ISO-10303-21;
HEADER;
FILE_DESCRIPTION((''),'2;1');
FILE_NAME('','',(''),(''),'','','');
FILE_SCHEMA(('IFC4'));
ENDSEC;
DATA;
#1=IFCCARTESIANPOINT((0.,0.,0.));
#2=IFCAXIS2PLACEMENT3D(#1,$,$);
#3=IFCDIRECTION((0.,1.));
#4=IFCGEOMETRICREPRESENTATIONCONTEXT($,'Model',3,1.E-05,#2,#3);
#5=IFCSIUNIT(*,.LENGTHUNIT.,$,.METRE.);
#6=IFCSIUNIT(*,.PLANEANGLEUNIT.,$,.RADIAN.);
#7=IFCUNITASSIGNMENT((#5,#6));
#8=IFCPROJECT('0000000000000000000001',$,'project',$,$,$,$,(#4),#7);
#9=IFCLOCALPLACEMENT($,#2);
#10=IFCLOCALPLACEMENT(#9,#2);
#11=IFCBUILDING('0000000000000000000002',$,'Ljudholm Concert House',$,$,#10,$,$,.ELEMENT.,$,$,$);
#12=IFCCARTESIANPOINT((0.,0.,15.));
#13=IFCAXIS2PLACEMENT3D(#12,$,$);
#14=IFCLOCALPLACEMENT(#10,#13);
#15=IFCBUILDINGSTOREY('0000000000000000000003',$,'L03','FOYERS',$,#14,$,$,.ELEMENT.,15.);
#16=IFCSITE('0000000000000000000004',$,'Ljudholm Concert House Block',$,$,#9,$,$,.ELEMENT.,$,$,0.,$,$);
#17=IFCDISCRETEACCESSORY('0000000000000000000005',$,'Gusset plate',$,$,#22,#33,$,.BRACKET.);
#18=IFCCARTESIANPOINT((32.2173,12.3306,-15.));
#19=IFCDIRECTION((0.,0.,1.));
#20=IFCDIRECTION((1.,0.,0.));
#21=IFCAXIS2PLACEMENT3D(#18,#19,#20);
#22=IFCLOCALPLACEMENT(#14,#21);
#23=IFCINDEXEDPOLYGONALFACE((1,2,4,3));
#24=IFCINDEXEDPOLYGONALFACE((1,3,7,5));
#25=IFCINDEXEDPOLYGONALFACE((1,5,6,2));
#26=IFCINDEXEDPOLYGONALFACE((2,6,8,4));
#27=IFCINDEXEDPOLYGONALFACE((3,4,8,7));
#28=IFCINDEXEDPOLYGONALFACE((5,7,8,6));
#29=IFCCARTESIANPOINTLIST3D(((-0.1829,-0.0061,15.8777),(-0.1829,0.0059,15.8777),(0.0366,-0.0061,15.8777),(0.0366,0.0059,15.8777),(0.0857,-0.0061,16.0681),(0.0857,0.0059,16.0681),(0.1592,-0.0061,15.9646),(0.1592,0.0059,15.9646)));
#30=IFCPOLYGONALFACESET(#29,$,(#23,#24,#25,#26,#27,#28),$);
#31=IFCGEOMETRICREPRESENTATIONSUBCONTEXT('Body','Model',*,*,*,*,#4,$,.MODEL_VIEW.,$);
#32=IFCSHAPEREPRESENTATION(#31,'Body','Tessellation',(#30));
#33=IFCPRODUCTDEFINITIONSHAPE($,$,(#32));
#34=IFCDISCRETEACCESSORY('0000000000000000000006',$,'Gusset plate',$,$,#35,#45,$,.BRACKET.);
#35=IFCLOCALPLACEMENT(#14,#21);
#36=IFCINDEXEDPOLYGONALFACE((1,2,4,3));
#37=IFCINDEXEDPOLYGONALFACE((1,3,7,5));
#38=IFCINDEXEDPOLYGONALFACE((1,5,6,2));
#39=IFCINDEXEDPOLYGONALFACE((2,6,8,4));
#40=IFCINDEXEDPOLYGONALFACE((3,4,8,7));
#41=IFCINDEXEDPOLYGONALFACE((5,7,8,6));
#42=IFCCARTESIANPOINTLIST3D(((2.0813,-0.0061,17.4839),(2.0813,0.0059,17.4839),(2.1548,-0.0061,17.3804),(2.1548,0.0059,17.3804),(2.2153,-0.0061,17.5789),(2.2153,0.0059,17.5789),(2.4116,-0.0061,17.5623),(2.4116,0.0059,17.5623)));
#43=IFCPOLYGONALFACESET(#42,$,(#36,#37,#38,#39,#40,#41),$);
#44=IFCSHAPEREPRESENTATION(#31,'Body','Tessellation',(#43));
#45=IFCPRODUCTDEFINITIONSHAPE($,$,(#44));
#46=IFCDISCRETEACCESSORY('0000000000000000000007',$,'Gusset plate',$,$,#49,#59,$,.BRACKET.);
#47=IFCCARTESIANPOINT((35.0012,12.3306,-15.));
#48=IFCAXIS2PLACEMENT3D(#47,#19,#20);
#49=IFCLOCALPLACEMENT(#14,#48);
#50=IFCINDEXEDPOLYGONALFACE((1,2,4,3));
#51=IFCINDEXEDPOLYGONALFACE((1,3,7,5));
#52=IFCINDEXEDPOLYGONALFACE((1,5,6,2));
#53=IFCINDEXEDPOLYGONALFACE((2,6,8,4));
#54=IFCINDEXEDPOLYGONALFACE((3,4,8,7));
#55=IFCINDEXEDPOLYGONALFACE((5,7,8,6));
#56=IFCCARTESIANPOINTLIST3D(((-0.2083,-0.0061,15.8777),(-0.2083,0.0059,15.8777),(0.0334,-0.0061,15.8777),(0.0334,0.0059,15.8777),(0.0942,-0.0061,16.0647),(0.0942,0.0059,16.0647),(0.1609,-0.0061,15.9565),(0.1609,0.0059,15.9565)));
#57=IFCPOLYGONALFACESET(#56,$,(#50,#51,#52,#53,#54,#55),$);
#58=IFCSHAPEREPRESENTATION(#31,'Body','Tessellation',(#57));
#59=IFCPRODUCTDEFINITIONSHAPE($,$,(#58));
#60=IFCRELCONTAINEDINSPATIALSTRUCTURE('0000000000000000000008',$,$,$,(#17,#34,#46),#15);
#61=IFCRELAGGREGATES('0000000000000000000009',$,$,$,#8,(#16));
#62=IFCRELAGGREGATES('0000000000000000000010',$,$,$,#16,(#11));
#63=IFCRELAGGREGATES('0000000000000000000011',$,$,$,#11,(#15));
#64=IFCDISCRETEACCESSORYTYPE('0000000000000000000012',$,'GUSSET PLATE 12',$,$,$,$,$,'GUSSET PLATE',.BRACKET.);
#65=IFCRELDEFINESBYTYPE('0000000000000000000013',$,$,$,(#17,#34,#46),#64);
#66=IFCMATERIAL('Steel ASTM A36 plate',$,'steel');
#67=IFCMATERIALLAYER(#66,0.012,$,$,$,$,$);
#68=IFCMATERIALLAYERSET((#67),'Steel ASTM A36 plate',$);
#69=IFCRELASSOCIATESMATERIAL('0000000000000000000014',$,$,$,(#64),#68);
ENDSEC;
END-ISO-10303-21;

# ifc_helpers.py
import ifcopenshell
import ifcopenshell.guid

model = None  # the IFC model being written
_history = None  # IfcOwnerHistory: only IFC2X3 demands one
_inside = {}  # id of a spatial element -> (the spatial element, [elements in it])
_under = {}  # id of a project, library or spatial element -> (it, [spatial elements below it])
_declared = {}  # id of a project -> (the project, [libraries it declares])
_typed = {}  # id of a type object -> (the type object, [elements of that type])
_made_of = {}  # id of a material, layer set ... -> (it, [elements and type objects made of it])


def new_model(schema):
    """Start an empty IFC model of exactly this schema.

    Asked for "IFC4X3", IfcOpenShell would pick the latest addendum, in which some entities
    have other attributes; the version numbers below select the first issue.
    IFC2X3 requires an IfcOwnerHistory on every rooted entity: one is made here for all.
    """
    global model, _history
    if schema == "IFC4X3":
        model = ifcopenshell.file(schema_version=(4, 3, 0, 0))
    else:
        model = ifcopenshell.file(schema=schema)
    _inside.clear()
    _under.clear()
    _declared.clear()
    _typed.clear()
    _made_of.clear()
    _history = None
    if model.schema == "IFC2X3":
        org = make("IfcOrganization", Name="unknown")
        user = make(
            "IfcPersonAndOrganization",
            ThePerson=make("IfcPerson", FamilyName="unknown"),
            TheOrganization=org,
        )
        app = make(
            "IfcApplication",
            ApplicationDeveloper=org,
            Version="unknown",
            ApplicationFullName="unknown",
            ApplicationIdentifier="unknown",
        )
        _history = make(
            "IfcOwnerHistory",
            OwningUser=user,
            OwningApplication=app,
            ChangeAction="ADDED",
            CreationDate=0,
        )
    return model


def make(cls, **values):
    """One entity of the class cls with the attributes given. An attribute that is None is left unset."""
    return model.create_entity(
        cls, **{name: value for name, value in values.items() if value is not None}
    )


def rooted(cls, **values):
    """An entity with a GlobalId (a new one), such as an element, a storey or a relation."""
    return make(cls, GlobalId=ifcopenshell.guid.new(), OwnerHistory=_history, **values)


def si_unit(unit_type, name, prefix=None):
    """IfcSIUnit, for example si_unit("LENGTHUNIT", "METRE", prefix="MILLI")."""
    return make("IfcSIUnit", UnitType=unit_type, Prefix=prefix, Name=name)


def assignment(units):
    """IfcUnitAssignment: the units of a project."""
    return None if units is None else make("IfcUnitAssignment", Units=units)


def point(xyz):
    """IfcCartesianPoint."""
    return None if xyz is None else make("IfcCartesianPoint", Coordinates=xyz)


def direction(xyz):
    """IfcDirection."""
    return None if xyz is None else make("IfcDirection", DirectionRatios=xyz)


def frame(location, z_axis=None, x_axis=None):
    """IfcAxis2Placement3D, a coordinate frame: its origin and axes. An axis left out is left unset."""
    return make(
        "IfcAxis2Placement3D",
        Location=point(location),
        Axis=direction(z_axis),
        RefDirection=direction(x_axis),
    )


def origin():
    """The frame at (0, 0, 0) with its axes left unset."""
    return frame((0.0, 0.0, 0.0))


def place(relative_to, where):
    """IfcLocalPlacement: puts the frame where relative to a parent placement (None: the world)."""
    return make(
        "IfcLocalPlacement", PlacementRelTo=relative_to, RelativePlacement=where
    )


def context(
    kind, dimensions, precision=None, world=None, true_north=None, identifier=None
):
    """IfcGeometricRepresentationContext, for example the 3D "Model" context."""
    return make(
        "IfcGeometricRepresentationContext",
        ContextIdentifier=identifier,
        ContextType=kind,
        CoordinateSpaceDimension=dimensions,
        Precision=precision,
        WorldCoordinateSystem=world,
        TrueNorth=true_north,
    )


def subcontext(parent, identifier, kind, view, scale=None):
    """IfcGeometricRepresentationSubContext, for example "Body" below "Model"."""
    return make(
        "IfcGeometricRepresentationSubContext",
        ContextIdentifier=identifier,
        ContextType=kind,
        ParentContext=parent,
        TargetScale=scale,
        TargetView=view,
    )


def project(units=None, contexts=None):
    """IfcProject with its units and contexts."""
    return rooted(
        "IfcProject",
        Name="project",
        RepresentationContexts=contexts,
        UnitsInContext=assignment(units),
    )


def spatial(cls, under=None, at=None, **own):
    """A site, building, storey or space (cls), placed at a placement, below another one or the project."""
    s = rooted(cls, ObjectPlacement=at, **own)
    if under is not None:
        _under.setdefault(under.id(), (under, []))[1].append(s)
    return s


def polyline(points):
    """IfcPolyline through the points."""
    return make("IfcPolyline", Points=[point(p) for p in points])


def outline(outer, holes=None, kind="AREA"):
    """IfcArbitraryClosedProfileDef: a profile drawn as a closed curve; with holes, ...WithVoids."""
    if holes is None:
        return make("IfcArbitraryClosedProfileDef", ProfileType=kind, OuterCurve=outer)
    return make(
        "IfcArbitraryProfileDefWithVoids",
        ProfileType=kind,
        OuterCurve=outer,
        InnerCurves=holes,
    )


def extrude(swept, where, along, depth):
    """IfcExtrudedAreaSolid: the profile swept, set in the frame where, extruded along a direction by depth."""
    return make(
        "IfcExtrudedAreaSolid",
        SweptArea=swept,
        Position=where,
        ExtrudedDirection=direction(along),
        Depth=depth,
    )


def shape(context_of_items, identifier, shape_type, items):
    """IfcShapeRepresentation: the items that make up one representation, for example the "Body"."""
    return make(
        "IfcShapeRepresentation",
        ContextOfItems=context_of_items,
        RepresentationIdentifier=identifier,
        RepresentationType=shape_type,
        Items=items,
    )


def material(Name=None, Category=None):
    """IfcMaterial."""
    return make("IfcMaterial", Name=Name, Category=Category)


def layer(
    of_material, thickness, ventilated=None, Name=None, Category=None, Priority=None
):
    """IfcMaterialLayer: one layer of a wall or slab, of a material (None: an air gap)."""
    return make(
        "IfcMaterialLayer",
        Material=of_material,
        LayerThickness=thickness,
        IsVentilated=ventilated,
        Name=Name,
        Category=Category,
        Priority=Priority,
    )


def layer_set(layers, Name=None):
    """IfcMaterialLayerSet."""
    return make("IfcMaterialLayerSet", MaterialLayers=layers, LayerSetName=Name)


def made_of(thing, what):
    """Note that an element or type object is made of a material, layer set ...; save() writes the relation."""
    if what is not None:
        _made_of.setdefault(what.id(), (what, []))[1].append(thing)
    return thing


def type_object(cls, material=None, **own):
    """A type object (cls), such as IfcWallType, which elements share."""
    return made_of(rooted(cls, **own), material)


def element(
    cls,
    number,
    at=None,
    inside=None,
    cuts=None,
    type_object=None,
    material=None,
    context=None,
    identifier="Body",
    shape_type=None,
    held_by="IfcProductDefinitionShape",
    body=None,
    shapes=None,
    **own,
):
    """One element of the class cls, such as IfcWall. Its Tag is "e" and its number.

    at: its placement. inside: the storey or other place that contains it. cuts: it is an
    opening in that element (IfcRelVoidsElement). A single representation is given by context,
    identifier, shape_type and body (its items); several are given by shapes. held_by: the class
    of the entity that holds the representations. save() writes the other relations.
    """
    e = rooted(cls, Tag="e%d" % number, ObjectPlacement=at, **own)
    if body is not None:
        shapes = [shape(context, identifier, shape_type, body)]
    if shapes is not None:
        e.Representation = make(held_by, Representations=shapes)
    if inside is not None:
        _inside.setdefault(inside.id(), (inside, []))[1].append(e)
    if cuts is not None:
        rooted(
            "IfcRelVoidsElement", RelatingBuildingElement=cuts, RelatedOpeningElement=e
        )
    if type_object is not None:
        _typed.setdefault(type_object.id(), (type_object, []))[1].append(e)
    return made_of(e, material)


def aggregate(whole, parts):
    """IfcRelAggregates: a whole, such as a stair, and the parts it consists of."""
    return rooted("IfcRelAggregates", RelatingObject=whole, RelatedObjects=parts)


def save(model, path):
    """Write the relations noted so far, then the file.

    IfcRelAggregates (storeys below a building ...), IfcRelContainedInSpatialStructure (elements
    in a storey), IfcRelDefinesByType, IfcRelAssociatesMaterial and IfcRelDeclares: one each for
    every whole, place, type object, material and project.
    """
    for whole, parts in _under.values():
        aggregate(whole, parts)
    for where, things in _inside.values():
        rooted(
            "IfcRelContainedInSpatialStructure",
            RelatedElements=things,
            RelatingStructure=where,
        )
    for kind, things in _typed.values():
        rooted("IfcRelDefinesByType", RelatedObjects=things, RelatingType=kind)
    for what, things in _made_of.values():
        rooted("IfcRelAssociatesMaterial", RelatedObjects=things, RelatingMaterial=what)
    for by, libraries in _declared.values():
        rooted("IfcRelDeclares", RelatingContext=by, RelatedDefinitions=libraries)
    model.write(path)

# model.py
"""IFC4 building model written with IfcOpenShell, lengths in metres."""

from ifc_helpers import new_model, si_unit, direction, frame, origin, place, context, subcontext, project, spatial, polyline, outline, extrude, material, layer, layer_set, type_object, element, save


model = new_model("IFC4")

# Units and contexts
model_context = context("Model", 3, precision=1e-05, world=origin(), true_north=direction((0.0, 1.0)))
body_context = subcontext(model_context, "Body", "Model", "MODEL_VIEW")
ifc_project = project(units=[si_unit("LENGTHUNIT", "METRE"), si_unit("PLANEANGLEUNIT", "RADIAN")], contexts=[model_context])

# Site, building, storey
site_placement = place(None, origin())
site = spatial("IfcSite", under=ifc_project, at=site_placement, Name="Ljudholm Concert House Block", CompositionType="ELEMENT", RefElevation=0.0)
building_placement = place(site_placement, origin())
building = spatial("IfcBuilding", under=site, at=building_placement, Name="Ljudholm Concert House", CompositionType="ELEMENT")
storey_placement = place(building_placement, frame((0.0, 0.0, 15.0)))
storey = spatial("IfcBuildingStorey", under=building, at=storey_placement, Name="L03", Description="FOYERS", CompositionType="ELEMENT", Elevation=15.0)

# Discrete accessories
ifc_material_1 = material(Name="Steel ASTM A36 plate", Category="steel")
ifc_layer_1 = layer(ifc_material_1, 0.012)
ifc_layer_set_1 = layer_set([ifc_layer_1], Name="Steel ASTM A36 plate")
discrete_accessory_type_1 = type_object("IfcDiscreteAccessoryType", Name="GUSSET PLATE 12", ElementType="GUSSET PLATE", PredefinedType="BRACKET", material=ifc_layer_set_1)
discrete_accessory_1_placement = place(storey_placement, frame((32.2173, 12.3306, -15.0), z_axis=(0.0, 0.0, 1.0), x_axis=(1.0, 0.0, 0.0)))
element("IfcDiscreteAccessory", 1, at=discrete_accessory_1_placement, inside=storey, type_object=discrete_accessory_type_1, Name="Gusset plate", PredefinedType="BRACKET", context=body_context, shape_type="SweptSolid", body=[
    extrude(outline(polyline([(0.1592, 15.9646), (0.0366, 15.8777), (-0.1829, 15.8777), (0.0857, 16.0681), (0.1592, 15.9646)])), frame((0.0, 0.0059, 0.0), z_axis=(0.0, -1.0, 0.0), x_axis=(1.0, 0.0, 0.0)), (0.0, 0.0, 1.0), 0.012),
])
discrete_accessory_2_placement = place(storey_placement, frame((32.2173, 12.3306, -15.0), z_axis=(0.0, 0.0, 1.0), x_axis=(1.0, 0.0, 0.0)))
element("IfcDiscreteAccessory", 2, at=discrete_accessory_2_placement, inside=storey, type_object=discrete_accessory_type_1, Name="Gusset plate", PredefinedType="BRACKET", context=body_context, shape_type="SweptSolid", body=[
    extrude(outline(polyline([(2.0813, 17.4839), (2.2153, 17.5789), (2.4116, 17.5623), (2.1548, 17.3804), (2.0813, 17.4839)])), frame((0.0, 0.0059, 0.0), z_axis=(0.0, -1.0, 0.0), x_axis=(1.0, 0.0, 0.0)), (0.0, 0.0, 1.0), 0.012),
])
discrete_accessory_3_placement = place(storey_placement, frame((35.0012, 12.3306, -15.0), z_axis=(0.0, 0.0, 1.0), x_axis=(1.0, 0.0, 0.0)))
element("IfcDiscreteAccessory", 3, at=discrete_accessory_3_placement, inside=storey, type_object=discrete_accessory_type_1, Name="Gusset plate", PredefinedType="BRACKET", context=body_context, shape_type="SweptSolid", body=[
    extrude(outline(polyline([(0.1609, 15.9565), (0.0334, 15.8777), (-0.2083, 15.8777), (0.0942, 16.0647), (0.1609, 15.9565)])), frame((0.0, 0.0059, 0.0), z_axis=(0.0, -1.0, 0.0), x_axis=(1.0, 0.0, 0.0)), (0.0, 0.0, 1.0), 0.012),
])

save(model, "model.ifc")
